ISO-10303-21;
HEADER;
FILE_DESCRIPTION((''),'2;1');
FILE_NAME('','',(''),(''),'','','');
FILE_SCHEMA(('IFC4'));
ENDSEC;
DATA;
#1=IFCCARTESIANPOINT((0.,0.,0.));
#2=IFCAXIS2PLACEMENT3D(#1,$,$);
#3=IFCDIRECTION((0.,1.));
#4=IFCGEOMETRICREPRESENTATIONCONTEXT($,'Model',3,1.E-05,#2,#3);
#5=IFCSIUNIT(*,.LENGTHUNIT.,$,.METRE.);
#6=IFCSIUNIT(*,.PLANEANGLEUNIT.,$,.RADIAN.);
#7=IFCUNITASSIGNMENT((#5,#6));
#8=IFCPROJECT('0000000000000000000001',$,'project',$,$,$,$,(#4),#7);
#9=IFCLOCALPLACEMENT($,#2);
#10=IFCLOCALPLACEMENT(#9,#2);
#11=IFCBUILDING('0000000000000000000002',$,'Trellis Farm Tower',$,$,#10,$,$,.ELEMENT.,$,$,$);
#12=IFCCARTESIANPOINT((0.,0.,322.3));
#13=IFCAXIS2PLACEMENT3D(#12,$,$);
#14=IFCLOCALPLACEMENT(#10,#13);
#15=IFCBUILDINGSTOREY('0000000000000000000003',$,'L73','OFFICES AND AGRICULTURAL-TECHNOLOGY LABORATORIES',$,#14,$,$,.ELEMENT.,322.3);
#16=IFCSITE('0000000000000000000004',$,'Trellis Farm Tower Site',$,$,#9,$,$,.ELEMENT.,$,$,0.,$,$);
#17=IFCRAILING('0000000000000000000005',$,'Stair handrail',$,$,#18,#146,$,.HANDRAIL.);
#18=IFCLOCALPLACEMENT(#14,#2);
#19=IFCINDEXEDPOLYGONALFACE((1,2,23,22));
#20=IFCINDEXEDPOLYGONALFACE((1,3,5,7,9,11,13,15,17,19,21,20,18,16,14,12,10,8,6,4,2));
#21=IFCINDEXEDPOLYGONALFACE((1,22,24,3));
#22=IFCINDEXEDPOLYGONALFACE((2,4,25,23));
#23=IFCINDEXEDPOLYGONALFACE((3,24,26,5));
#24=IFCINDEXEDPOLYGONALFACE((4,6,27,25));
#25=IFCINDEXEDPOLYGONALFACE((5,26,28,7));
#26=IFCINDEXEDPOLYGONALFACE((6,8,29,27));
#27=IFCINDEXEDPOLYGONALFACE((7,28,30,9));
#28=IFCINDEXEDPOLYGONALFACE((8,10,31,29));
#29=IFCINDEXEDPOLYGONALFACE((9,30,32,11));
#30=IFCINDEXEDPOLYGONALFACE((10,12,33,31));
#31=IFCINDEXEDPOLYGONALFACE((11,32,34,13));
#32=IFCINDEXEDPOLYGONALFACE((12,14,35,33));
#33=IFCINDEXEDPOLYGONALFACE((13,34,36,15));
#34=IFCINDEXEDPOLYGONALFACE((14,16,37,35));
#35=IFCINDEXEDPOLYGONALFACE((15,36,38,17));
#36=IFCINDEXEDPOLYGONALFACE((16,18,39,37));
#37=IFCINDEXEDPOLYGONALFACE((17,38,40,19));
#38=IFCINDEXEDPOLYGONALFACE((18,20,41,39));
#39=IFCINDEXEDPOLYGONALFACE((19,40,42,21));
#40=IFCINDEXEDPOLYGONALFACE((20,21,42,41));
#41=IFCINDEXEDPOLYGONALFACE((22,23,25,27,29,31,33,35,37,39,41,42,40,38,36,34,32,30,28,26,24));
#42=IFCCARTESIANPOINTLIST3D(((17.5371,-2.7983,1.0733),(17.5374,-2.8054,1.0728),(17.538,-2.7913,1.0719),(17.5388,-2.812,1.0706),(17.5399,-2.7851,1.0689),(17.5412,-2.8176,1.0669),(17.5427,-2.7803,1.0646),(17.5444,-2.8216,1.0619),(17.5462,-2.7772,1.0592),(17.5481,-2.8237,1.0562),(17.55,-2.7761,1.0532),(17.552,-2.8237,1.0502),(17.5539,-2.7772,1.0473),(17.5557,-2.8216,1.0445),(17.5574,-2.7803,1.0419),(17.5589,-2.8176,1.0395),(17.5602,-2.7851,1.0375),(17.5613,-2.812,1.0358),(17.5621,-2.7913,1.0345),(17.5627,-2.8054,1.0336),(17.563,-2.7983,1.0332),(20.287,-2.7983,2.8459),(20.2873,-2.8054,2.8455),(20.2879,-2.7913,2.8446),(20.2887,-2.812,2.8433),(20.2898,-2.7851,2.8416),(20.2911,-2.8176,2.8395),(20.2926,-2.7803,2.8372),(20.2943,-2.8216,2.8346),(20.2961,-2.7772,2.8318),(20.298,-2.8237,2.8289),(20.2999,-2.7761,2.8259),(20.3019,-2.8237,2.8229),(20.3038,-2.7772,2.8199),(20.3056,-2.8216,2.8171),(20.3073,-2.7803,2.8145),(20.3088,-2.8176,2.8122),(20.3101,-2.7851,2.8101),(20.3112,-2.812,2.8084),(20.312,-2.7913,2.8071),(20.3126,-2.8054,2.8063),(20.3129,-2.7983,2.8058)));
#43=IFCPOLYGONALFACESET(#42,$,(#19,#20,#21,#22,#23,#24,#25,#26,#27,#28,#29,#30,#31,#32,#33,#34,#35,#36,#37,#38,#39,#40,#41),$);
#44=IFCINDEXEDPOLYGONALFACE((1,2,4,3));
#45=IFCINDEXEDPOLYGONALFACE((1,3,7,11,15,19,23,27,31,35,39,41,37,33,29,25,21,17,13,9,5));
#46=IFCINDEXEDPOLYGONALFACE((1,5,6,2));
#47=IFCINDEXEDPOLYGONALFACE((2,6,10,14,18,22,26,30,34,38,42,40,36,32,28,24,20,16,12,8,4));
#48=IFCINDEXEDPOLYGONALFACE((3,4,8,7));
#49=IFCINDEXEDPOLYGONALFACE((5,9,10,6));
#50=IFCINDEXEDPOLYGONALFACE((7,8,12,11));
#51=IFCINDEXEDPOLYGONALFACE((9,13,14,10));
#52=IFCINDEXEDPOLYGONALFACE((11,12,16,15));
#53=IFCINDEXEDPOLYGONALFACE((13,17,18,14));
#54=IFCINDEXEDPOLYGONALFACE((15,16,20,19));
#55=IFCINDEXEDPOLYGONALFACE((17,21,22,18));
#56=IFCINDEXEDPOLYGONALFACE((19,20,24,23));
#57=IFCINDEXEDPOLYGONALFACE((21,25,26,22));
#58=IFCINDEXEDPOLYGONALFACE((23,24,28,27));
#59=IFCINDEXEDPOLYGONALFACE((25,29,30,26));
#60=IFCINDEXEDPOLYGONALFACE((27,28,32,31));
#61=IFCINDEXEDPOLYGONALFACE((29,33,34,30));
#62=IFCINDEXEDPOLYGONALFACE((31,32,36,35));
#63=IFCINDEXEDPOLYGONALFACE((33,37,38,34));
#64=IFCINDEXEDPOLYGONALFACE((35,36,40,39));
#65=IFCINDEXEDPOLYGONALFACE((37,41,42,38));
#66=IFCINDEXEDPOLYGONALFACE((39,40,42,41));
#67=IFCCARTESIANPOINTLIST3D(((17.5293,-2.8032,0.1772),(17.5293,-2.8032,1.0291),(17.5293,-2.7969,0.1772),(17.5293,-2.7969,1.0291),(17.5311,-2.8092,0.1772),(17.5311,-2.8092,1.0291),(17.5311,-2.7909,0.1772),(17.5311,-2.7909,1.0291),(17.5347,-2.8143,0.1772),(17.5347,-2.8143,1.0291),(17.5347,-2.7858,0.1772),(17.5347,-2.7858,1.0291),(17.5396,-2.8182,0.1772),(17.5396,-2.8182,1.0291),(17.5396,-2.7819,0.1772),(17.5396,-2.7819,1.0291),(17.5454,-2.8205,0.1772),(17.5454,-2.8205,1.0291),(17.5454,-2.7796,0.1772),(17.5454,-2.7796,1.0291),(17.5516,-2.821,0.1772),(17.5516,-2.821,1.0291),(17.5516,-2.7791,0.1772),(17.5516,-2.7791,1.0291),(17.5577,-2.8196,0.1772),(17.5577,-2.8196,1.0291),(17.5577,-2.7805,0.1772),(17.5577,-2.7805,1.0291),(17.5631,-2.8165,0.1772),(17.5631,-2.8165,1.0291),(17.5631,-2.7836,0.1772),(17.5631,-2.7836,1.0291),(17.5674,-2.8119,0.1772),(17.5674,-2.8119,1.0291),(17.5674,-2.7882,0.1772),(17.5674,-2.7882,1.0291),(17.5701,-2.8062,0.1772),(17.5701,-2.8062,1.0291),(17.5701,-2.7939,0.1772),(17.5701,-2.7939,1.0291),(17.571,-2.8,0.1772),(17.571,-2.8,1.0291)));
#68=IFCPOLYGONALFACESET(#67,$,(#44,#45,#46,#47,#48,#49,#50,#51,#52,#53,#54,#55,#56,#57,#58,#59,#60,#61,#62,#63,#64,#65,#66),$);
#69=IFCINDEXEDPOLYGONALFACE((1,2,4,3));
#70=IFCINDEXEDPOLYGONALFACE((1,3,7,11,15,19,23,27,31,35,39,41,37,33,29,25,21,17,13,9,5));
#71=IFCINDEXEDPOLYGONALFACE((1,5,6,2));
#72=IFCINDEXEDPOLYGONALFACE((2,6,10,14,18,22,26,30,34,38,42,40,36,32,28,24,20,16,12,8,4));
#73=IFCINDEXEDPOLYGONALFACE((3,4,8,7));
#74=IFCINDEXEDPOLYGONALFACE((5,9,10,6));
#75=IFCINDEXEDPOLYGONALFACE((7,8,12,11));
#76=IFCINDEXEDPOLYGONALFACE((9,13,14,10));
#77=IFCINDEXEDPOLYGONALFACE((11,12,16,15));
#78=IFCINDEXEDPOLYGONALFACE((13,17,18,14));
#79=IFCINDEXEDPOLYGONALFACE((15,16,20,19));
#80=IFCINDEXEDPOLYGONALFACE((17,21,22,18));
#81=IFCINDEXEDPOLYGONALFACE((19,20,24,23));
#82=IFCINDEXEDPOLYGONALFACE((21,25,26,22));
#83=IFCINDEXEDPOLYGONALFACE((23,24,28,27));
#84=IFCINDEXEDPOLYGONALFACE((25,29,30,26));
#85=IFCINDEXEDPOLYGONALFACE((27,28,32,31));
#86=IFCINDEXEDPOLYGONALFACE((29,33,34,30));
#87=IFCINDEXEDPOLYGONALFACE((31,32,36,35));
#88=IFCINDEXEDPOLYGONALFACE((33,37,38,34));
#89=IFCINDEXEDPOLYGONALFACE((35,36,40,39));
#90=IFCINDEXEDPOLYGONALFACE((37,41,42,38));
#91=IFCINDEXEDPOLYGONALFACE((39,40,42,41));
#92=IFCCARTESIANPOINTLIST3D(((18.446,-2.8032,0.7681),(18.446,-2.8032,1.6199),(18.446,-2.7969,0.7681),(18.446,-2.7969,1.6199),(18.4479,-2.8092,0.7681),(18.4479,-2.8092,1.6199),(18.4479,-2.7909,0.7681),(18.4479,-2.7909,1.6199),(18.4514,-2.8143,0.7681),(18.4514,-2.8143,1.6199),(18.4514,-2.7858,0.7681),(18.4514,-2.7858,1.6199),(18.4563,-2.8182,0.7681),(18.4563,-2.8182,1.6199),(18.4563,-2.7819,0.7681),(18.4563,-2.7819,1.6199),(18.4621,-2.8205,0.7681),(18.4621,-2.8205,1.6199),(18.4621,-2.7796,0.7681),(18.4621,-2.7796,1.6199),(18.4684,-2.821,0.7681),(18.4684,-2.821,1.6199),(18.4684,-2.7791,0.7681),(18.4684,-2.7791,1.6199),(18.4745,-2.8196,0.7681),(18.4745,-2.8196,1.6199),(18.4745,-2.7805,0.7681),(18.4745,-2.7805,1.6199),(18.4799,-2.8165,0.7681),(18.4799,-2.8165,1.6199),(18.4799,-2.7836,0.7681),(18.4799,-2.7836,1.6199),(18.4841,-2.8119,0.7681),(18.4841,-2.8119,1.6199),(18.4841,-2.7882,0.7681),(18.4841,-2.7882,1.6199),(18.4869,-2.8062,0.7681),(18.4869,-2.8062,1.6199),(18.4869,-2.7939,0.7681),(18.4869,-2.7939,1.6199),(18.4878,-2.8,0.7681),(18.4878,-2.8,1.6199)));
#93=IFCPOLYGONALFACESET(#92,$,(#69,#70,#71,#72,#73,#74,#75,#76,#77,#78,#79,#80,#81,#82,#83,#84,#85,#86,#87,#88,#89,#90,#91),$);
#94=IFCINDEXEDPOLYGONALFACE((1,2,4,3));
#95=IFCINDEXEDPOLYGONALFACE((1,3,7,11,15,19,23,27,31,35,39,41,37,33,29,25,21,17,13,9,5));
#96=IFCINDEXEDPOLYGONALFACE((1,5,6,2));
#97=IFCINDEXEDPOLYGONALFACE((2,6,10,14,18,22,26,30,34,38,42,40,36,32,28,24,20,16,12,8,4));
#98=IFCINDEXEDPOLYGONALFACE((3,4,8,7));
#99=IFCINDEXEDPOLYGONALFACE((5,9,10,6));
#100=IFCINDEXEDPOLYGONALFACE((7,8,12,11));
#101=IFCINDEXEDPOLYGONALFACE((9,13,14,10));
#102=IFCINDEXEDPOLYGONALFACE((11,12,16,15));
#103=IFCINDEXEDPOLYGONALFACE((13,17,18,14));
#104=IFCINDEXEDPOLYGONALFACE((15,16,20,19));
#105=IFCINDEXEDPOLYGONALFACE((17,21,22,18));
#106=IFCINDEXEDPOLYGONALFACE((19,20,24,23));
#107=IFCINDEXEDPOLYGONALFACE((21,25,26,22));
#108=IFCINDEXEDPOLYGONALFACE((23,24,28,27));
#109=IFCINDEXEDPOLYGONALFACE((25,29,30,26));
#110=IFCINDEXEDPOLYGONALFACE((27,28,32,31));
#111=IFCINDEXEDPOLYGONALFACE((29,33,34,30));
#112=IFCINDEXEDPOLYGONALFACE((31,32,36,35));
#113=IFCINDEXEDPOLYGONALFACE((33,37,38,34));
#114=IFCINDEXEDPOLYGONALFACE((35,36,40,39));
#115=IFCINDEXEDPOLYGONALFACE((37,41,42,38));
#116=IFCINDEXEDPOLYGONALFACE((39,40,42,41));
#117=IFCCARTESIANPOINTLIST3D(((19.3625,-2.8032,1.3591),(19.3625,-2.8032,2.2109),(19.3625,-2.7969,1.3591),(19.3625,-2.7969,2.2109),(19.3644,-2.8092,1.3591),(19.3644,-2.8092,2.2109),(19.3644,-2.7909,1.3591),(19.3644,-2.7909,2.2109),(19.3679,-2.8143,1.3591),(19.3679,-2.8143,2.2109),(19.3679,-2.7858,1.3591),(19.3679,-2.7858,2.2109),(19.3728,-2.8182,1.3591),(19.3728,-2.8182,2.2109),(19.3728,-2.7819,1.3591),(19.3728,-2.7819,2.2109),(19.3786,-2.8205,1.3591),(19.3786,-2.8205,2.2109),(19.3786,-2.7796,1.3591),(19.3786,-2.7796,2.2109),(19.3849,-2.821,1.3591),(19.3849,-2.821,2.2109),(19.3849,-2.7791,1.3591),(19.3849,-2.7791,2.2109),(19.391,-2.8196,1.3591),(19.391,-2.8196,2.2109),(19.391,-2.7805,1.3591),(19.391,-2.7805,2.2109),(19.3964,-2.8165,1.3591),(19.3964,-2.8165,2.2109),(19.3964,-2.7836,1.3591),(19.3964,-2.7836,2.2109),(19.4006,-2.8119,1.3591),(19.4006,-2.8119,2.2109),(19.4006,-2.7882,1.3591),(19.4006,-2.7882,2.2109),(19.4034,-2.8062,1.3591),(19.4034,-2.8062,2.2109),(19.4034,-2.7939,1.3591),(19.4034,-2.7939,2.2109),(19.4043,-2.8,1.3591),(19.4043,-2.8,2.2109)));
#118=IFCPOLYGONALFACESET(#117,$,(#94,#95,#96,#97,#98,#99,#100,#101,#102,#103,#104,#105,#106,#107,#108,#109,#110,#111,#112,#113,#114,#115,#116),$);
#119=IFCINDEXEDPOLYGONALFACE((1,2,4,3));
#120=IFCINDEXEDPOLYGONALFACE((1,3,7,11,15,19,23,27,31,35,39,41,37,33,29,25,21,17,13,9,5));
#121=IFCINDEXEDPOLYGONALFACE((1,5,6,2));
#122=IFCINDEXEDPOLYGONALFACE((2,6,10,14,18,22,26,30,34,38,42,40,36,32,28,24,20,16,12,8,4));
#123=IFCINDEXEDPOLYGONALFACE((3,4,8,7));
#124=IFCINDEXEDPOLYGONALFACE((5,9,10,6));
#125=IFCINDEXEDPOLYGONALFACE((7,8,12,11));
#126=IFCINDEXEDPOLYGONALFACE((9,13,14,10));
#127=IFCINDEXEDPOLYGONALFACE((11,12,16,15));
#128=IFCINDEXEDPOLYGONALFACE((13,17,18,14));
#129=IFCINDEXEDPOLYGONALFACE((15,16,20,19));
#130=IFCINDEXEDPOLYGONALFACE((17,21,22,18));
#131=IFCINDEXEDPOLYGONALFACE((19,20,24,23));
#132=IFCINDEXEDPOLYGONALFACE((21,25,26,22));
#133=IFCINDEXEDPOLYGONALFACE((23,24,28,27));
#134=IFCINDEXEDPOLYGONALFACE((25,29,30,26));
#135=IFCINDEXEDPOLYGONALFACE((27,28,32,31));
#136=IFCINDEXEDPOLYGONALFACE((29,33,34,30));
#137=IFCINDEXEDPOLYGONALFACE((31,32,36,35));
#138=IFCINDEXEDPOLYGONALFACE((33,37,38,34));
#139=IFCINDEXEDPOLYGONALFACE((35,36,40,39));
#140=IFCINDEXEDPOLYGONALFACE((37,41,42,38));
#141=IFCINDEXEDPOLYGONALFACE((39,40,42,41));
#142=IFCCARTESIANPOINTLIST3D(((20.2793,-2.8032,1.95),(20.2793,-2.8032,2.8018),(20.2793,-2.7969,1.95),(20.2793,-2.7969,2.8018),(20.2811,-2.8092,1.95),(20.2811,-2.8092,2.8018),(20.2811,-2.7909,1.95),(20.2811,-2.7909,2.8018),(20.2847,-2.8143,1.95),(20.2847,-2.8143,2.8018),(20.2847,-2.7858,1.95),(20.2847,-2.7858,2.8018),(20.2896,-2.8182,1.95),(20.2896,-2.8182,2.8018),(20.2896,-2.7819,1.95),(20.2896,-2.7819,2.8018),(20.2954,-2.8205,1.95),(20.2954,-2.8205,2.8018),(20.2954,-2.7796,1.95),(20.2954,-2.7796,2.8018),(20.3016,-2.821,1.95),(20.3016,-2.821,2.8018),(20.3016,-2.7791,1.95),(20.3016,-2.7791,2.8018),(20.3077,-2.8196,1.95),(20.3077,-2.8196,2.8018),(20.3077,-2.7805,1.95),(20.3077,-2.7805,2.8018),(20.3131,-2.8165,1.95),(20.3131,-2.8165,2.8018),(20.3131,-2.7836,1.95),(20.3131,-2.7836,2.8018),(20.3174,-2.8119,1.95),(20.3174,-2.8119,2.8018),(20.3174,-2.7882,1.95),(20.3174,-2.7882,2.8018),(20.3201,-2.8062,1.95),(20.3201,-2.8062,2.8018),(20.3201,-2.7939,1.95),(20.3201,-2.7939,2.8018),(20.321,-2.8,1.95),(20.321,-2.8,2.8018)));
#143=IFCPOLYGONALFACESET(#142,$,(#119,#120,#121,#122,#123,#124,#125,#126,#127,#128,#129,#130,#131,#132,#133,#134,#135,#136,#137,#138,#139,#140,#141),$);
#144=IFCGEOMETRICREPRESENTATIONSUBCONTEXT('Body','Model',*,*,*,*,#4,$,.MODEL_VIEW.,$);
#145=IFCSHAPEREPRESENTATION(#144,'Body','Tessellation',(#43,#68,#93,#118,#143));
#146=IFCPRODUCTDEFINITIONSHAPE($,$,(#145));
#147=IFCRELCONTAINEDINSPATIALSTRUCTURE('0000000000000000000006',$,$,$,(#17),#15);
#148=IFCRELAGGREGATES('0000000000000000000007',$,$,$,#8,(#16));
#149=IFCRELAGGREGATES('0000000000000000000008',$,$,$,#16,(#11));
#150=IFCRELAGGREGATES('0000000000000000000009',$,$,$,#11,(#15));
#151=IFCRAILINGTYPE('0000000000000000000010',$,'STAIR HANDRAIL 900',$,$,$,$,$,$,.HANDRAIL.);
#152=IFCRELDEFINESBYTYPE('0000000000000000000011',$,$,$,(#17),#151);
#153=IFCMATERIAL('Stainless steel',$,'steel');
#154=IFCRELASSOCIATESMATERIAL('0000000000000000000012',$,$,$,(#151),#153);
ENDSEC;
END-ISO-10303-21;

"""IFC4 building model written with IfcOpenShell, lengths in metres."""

from ifc_helpers import new_model, si_unit, direction, frame, origin, origin_2d, place, context, subcontext, project, spatial, circle, extrude, source, transform, mapped, material, type_object, element, save


model = new_model("IFC4")

# Units and contexts
model_context = context("Model", 3, precision=1e-05, world=origin(), true_north=direction((0.0, 1.0)))
body_context = subcontext(model_context, "Body", "Model", "MODEL_VIEW")
ifc_project = project(units=[si_unit("LENGTHUNIT", "METRE"), si_unit("PLANEANGLEUNIT", "RADIAN")], contexts=[model_context])

# Site, building, storey
site_placement = place(None, origin())
site = spatial("IfcSite", under=ifc_project, at=site_placement, Name="Trellis Farm Tower Site", CompositionType="ELEMENT", RefElevation=0.0)
building_placement = place(site_placement, origin())
building = spatial("IfcBuilding", under=site, at=building_placement, Name="Trellis Farm Tower", CompositionType="ELEMENT")
storey_placement = place(building_placement, frame((0.0, 0.0, 322.3)))
storey = spatial("IfcBuildingStorey", under=building, at=storey_placement, Name="L73", Description="OFFICES AND AGRICULTURAL-TECHNOLOGY LABORATORIES", CompositionType="ELEMENT", Elevation=322.3)

# Railing
ifc_material_1 = material(Name="Stainless steel", Category="steel")
railing_type = type_object("IfcRailingType", Name="STAIR HANDRAIL 900", PredefinedType="HANDRAIL", material=ifc_material_1)
shared_shape_1 = source(origin(), body_context, "Body", "SweptSolid", [
    extrude(circle(Radius=0.0239, at=origin_2d()), frame((0.0, 0.0, 0.876), z_axis=(0.840504, 0.0, 0.541806), x_axis=(0.0, 1.0, 0.0)), (0.0, 0.0, 1.0), 3.2717),
    extrude(circle(Radius=0.021, at=origin_2d()), origin(), (0.0, 0.0, 1.0), 0.8518),
    extrude(circle(Radius=0.021, at=origin_2d()), frame((0.9167, 0.0, 0.5908)), (0.0, 0.0, 1.0), 0.8518),
    extrude(circle(Radius=0.021, at=origin_2d()), frame((1.8333, 0.0, 1.1819)), (0.0, 0.0, 1.0), 0.8518),
    extrude(circle(Radius=0.021, at=origin_2d()), frame((2.75, 0.0, 1.7727)), (0.0, 0.0, 1.0), 0.8518),
])
railing_placement = place(storey_placement, frame((17.55, -2.8, 0.1772)))
element("IfcRailing", 1, at=railing_placement, inside=storey, type_object=railing_type, Name="Stair handrail", PredefinedType="HANDRAIL", context=body_context, shape_type="MappedRepresentation", body=[
    mapped(shared_shape_1, transform((0.0, 0.0, 0.0))),
])

save(model, "model.ifc")
